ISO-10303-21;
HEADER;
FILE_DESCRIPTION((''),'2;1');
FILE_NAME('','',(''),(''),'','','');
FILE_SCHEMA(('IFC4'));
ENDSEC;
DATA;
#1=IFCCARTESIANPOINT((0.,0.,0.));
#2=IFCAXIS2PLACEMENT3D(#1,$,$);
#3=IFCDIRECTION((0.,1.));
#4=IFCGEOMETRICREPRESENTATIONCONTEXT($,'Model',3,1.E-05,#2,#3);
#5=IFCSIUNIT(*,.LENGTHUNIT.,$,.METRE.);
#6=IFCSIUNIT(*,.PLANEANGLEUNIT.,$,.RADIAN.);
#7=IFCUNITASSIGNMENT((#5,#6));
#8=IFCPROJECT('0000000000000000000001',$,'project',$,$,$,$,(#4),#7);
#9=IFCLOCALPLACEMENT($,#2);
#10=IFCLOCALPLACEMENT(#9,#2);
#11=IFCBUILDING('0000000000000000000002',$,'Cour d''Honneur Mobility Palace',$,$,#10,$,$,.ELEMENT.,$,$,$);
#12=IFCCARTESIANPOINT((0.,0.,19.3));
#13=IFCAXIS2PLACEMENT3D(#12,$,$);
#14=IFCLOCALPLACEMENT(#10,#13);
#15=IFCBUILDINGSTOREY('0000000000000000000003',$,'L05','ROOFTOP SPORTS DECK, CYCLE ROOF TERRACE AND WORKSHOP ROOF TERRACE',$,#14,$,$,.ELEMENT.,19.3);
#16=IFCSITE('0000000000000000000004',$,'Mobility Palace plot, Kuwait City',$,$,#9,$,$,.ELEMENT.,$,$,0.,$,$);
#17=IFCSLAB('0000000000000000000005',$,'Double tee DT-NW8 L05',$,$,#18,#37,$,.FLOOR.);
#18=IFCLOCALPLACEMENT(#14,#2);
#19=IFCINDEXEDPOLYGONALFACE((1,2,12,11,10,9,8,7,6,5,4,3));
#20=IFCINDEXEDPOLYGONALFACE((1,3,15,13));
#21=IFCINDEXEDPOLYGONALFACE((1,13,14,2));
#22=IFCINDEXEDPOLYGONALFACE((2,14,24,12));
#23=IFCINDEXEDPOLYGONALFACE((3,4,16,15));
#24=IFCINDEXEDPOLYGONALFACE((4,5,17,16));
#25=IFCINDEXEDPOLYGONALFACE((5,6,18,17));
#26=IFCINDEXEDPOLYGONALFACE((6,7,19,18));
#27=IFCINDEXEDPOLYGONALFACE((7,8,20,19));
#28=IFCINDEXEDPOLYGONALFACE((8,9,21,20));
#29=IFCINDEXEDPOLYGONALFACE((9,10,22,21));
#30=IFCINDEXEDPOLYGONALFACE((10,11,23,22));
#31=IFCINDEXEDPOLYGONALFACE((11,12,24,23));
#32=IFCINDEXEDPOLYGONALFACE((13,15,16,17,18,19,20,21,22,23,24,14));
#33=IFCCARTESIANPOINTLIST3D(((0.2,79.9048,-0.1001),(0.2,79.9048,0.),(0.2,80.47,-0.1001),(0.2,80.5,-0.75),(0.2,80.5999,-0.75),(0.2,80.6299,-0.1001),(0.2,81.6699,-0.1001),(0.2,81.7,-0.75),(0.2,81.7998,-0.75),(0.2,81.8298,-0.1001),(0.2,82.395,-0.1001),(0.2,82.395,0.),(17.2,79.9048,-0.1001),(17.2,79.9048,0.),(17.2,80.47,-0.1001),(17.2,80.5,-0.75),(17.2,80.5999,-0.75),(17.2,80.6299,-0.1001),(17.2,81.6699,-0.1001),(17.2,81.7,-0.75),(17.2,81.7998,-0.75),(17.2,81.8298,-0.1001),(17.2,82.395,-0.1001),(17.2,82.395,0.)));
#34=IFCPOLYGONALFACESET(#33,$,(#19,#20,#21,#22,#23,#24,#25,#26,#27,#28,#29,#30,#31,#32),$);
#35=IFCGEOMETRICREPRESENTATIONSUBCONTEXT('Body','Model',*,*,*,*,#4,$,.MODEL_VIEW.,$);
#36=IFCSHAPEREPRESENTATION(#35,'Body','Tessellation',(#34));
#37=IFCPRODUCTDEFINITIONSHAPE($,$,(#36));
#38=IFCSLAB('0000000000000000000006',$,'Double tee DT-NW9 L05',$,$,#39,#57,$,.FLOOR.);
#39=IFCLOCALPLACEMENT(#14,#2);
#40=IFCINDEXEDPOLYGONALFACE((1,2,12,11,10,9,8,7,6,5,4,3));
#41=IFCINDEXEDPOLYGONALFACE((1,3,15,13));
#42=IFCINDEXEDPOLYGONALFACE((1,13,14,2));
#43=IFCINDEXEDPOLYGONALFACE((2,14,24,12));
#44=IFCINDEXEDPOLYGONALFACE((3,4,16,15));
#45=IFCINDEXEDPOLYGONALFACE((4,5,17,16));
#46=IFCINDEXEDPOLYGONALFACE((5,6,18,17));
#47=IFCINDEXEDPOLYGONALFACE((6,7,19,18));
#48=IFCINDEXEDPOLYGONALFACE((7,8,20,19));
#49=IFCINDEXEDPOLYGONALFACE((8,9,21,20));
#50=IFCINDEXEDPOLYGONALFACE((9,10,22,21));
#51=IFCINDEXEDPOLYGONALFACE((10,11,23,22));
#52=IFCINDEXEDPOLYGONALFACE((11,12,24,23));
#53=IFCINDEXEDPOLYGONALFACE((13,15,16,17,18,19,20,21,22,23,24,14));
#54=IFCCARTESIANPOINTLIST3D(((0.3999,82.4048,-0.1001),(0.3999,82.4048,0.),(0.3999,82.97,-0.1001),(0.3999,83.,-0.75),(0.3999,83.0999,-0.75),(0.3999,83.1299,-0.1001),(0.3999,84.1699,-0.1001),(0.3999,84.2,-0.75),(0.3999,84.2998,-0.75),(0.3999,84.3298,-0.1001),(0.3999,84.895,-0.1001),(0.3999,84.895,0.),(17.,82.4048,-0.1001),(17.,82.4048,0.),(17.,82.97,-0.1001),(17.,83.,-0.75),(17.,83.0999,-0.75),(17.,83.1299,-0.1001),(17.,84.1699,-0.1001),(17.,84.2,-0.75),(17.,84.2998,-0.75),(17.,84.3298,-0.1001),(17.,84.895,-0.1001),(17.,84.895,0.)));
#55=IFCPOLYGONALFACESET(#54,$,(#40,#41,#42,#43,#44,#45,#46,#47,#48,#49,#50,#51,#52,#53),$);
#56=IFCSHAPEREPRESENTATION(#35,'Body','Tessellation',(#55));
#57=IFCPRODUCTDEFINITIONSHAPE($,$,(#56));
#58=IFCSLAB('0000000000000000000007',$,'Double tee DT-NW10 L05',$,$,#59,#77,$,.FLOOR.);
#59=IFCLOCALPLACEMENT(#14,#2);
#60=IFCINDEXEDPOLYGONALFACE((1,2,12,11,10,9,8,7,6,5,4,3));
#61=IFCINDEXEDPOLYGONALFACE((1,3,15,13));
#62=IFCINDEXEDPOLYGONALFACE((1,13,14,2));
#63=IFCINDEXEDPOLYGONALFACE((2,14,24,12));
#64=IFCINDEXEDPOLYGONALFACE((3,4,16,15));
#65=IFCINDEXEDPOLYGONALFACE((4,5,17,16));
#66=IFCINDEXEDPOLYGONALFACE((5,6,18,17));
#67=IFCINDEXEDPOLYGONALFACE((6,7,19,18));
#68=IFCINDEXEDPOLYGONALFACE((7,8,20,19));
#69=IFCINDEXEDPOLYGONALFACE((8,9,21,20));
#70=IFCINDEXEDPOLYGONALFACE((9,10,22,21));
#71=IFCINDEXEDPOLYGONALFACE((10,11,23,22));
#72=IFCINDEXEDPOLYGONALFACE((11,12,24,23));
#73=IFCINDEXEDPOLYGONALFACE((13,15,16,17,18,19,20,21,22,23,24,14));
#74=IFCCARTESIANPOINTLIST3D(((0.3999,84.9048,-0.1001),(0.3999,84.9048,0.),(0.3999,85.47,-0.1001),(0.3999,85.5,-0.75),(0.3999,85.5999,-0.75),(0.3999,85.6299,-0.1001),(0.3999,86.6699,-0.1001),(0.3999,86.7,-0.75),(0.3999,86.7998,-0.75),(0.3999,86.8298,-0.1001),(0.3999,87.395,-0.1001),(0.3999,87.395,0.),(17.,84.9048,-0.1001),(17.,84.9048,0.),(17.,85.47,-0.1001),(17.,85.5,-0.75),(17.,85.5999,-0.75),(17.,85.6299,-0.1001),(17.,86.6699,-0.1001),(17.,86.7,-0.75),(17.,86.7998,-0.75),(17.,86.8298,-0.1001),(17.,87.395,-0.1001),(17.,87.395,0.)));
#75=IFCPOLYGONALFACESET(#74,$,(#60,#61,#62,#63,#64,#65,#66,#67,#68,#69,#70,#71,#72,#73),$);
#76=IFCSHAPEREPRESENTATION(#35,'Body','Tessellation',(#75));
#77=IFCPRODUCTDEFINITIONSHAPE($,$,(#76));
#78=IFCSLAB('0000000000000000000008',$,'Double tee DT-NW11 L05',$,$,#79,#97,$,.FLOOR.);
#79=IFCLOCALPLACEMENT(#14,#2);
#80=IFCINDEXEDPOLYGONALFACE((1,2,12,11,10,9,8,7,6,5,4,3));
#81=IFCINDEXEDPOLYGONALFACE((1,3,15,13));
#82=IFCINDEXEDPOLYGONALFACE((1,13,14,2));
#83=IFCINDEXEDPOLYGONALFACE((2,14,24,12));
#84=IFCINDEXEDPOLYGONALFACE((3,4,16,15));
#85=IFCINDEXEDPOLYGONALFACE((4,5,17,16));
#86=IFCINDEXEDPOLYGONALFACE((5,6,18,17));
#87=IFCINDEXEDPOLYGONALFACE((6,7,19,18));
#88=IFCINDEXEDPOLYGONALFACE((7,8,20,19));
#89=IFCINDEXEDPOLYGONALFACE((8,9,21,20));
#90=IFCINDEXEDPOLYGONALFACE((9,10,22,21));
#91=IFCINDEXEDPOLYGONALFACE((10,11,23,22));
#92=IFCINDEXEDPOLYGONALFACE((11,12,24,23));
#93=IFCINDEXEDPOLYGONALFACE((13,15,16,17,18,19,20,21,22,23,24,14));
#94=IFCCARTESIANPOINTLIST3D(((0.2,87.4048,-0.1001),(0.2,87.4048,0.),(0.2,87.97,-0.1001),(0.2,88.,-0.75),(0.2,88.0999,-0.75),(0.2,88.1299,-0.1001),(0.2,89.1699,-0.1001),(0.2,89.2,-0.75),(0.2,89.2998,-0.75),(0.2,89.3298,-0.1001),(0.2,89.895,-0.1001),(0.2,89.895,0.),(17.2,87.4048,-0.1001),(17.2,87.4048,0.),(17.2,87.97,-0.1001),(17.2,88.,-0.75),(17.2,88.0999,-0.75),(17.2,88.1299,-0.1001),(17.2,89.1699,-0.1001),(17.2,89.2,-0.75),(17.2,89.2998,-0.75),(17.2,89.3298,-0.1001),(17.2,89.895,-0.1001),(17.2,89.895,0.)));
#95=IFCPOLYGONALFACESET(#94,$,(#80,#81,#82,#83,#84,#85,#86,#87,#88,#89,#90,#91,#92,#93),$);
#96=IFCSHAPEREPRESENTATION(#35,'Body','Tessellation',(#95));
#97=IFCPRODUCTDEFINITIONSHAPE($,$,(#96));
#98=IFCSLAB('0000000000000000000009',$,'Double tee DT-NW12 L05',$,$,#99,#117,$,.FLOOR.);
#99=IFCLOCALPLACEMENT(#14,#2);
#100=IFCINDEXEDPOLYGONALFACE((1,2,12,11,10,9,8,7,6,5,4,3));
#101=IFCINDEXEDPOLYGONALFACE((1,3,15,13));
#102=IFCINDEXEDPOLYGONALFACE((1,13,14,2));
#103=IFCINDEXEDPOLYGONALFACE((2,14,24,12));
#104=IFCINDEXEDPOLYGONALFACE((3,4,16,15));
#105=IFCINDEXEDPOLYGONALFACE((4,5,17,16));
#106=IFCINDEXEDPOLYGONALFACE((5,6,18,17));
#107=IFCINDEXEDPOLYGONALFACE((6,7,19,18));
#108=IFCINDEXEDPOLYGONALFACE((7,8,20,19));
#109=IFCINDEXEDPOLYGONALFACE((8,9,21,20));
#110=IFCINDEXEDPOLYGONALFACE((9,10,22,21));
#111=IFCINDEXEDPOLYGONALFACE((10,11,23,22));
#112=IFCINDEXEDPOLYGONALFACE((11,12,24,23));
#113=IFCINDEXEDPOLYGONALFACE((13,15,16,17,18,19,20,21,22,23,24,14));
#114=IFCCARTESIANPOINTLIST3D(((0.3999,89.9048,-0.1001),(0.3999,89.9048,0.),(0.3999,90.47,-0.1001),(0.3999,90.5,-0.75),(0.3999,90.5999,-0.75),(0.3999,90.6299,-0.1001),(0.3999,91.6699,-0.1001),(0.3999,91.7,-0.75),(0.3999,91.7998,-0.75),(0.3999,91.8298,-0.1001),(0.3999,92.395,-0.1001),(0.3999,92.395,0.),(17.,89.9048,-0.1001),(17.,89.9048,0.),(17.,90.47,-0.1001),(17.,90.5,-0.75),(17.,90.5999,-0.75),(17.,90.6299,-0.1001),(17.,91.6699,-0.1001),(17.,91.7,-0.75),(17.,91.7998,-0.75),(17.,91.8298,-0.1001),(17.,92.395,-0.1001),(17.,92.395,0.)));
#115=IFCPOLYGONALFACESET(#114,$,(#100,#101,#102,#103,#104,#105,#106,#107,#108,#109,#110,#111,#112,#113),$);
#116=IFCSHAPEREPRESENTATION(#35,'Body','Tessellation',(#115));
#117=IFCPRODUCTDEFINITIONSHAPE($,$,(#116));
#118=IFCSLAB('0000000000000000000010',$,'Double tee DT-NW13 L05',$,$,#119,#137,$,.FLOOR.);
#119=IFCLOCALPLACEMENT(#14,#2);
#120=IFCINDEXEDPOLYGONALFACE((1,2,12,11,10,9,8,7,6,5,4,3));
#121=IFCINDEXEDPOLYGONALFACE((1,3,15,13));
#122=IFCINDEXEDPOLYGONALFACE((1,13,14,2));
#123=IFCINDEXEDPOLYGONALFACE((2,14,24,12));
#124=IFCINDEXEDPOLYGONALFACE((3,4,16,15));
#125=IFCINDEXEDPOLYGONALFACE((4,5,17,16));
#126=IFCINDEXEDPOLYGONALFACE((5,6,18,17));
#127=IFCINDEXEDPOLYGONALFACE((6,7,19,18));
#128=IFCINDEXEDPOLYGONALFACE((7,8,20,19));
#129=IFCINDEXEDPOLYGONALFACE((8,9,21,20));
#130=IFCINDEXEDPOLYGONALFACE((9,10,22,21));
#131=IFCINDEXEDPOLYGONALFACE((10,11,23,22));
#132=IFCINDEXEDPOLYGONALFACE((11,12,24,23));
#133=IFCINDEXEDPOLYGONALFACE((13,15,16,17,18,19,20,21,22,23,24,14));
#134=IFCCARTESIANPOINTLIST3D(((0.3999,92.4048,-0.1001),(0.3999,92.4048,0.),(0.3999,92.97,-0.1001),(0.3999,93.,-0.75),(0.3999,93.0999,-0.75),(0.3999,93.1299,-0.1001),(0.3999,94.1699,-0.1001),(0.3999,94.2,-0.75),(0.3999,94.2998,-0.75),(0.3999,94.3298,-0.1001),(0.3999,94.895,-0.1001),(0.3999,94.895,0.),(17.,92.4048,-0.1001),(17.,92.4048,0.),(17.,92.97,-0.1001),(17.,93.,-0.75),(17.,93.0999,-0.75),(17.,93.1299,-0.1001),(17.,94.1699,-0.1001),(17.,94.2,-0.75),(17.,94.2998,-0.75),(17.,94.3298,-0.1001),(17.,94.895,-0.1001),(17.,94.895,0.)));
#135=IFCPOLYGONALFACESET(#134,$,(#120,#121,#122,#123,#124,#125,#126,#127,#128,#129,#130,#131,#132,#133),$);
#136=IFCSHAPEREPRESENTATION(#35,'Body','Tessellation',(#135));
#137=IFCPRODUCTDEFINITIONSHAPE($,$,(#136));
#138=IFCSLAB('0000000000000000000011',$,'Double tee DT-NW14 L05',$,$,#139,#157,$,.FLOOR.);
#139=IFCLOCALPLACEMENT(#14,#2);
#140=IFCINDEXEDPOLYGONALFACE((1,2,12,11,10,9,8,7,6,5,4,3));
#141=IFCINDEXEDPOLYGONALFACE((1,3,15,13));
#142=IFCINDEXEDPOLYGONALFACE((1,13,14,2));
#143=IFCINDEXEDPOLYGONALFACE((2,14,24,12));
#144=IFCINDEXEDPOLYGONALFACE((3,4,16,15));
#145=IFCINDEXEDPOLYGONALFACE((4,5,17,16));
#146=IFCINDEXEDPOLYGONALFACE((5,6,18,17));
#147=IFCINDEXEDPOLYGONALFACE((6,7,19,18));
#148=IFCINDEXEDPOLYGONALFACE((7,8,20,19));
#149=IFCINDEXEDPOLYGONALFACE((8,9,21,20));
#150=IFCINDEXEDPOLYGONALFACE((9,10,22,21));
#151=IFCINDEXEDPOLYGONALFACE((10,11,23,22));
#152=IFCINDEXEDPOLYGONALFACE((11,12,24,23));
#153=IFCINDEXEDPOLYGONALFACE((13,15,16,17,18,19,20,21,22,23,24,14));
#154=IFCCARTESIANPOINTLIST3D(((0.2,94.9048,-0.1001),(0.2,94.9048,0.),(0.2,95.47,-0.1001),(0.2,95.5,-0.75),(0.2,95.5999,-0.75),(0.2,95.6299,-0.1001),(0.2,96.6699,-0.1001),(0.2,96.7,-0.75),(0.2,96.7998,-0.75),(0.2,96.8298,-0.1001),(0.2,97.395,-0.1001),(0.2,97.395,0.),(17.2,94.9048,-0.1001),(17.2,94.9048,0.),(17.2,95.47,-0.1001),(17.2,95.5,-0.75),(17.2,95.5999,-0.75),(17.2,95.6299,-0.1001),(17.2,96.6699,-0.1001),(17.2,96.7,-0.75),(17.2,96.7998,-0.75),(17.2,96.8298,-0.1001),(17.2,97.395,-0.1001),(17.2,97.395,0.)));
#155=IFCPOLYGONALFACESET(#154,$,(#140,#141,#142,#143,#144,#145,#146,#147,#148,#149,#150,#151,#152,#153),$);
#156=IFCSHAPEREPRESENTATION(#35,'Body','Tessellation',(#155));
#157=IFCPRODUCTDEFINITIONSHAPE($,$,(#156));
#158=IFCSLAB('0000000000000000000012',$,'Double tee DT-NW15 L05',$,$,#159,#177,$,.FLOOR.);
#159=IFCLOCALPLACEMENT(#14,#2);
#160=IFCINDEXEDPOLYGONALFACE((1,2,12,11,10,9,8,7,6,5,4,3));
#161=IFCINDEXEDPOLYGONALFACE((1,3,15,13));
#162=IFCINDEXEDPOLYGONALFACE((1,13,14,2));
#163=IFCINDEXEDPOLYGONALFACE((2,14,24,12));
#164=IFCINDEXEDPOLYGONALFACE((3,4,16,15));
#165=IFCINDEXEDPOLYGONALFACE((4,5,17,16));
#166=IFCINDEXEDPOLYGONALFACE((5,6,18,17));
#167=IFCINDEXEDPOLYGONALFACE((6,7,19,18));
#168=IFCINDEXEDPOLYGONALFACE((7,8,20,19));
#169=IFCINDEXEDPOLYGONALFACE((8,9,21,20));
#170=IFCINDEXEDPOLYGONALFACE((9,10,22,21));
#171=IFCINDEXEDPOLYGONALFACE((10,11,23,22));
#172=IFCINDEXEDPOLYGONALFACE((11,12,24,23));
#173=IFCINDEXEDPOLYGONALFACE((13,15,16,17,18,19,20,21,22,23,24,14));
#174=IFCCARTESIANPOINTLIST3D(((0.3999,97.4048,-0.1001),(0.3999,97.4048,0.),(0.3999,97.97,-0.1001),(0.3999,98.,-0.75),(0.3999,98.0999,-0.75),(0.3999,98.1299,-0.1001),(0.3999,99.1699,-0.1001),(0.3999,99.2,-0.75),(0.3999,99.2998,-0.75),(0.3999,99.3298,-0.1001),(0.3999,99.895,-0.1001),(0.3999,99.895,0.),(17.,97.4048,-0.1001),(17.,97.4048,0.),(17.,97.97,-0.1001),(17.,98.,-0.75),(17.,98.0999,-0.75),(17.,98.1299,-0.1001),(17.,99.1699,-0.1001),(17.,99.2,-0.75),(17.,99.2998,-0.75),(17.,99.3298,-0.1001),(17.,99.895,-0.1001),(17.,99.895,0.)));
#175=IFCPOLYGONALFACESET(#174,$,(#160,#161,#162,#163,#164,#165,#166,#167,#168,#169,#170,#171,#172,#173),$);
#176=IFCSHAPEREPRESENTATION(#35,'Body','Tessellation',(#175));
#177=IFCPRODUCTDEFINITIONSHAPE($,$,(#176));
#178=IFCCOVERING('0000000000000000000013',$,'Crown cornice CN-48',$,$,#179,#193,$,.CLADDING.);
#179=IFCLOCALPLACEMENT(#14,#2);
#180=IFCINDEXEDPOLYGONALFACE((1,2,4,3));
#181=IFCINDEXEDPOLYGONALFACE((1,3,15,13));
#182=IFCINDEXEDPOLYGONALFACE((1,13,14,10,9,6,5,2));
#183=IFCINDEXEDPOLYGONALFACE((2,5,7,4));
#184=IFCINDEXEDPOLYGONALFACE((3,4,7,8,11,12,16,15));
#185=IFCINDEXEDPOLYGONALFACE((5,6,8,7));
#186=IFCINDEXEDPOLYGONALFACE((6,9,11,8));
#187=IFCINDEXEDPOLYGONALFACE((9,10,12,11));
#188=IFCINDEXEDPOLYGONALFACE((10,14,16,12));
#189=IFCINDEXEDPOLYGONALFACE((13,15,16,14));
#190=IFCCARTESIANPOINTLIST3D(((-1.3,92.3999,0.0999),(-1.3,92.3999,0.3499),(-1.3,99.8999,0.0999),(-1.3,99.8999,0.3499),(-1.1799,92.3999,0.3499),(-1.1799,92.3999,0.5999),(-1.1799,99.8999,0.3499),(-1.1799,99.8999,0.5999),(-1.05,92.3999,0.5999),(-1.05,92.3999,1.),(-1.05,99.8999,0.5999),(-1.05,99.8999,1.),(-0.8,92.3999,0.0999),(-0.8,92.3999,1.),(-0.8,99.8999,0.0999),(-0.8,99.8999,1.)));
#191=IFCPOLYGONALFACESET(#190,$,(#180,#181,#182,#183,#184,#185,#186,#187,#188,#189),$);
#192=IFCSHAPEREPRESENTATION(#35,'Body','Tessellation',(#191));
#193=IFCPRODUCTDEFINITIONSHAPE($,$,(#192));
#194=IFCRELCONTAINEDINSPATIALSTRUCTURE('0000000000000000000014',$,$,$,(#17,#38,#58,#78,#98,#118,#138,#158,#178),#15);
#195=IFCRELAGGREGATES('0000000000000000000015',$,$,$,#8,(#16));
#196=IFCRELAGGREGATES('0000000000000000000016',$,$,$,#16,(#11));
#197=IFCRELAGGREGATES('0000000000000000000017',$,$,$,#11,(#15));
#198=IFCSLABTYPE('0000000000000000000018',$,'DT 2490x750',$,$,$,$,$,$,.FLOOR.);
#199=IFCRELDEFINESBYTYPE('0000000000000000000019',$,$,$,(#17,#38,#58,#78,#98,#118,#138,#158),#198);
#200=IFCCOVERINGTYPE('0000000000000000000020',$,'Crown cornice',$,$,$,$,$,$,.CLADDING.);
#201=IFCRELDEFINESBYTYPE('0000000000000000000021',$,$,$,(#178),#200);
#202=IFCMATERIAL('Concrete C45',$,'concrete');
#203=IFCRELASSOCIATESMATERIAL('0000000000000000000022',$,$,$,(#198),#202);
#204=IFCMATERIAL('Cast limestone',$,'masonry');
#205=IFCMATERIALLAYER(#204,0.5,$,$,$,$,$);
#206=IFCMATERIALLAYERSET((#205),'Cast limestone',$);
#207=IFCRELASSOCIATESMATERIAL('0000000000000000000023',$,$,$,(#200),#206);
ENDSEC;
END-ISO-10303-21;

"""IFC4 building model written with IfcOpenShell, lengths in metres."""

from ifc_helpers import new_model, si_unit, direction, frame, origin, place, context, subcontext, project, spatial, polyline, outline, extrude, material, layer, layer_set, material_profile, profile_set, type_object, element, save


model = new_model("IFC4")

# Units and contexts
model_context = context("Model", 3, precision=1e-05, world=origin(), true_north=direction((0.0, 1.0)))
body_context = subcontext(model_context, "Body", "Model", "MODEL_VIEW")
ifc_project = project(units=[si_unit("LENGTHUNIT", "METRE"), si_unit("PLANEANGLEUNIT", "RADIAN")], contexts=[model_context])

# Site, building, storey
site_placement = place(None, origin())
site = spatial("IfcSite", under=ifc_project, at=site_placement, Name="Mobility Palace plot, Kuwait City", CompositionType="ELEMENT", RefElevation=0.0)
building_placement = place(site_placement, origin())
building = spatial("IfcBuilding", under=site, at=building_placement, Name="Cour d'Honneur Mobility Palace", CompositionType="ELEMENT")
storey_placement = place(building_placement, frame((0.0, 0.0, 19.3)))
storey = spatial("IfcBuildingStorey", under=building, at=storey_placement, Name="L05", Description="ROOFTOP SPORTS DECK, CYCLE ROOF TERRACE AND WORKSHOP ROOF TERRACE", CompositionType="ELEMENT", Elevation=19.3)

# Slabs
ifc_material_1 = material(Name="Concrete C45", Category="concrete")
ifc_material_profile_1 = material_profile(ifc_material_1, outline(polyline([(-1.2451, 0.0), (1.2451, 0.0), (1.2451, -0.1001), (0.6799, -0.1001), (0.6499, -0.75), (0.55, -0.75), (0.52, -0.1001), (-0.52, -0.1001), (-0.55, -0.75), (-0.6499, -0.75), (-0.6799, -0.1001), (-1.2451, -0.1001), (-1.2451, 0.0)])), Name="DT 2490x750")
ifc_profile_set_1 = profile_set([ifc_material_profile_1], Name="Concrete C45")
slab_type = type_object("IfcSlabType", Name="DT 2490x750", PredefinedType="FLOOR", material=ifc_profile_set_1)
slab_1_placement = place(storey_placement, frame((0.2, 81.1499, 0.0), z_axis=(1.0, 0.0, 0.0), x_axis=(0.0, 1.0, 0.0)))
element("IfcSlab", 1, at=slab_1_placement, inside=storey, type_object=slab_type, Name="Double tee DT-NW8 L05", PredefinedType="FLOOR", context=body_context, shape_type="SweptSolid", body=[
    extrude(outline(polyline([(-1.2451, 0.0), (1.2451, 0.0), (1.2451, -0.1001), (0.6799, -0.1001), (0.6499, -0.75), (0.55, -0.75), (0.52, -0.1001), (-0.52, -0.1001), (-0.55, -0.75), (-0.6499, -0.75), (-0.6799, -0.1001), (-1.2451, -0.1001), (-1.2451, 0.0)])), origin(), (0.0, 0.0, 1.0), 17.0),
])
for number, where, z_axis, x_axis, name in (
    (2, (0.3999, 83.6499, 0.0), (1.0, 0.0, 0.0), (0.0, 1.0, 0.0), "Double tee DT-NW9 L05"),
    (3, (0.3999, 86.1499, 0.0), (1.0, 0.0, 0.0), (0.0, 1.0, 0.0), "Double tee DT-NW10 L05"),
):
    element("IfcSlab", number, at=place(storey_placement, frame(where, z_axis=z_axis, x_axis=x_axis)), inside=storey, type_object=slab_type, Name=name, PredefinedType="FLOOR", context=body_context, shape_type="SweptSolid", body=[
        extrude(outline(polyline([(-1.2451, 0.0), (1.2451, 0.0), (1.2451, -0.1001), (0.6799, -0.1001), (0.6499, -0.75), (0.55, -0.75), (0.52, -0.1001), (-0.52, -0.1001), (-0.55, -0.75), (-0.6499, -0.75), (-0.6799, -0.1001), (-1.2451, -0.1001), (-1.2451, 0.0)])), origin(), (0.0, 0.0, 1.0), 16.6001),
    ])
slab_2_placement = place(storey_placement, frame((0.2, 88.6499, 0.0), z_axis=(1.0, 0.0, 0.0), x_axis=(0.0, 1.0, 0.0)))
element("IfcSlab", 4, at=slab_2_placement, inside=storey, type_object=slab_type, Name="Double tee DT-NW11 L05", PredefinedType="FLOOR", context=body_context, shape_type="SweptSolid", body=[
    extrude(outline(polyline([(-1.2451, 0.0), (1.2451, 0.0), (1.2451, -0.1001), (0.6799, -0.1001), (0.6499, -0.75), (0.55, -0.75), (0.52, -0.1001), (-0.52, -0.1001), (-0.55, -0.75), (-0.6499, -0.75), (-0.6799, -0.1001), (-1.2451, -0.1001), (-1.2451, 0.0)])), origin(), (0.0, 0.0, 1.0), 17.0),
])
for number, where, z_axis, x_axis, name in (
    (5, (0.3999, 91.1499, 0.0), (1.0, 0.0, 0.0), (0.0, 1.0, 0.0), "Double tee DT-NW12 L05"),
    (6, (0.3999, 93.6499, 0.0), (1.0, 0.0, 0.0), (0.0, 1.0, 0.0), "Double tee DT-NW13 L05"),
):
    element("IfcSlab", number, at=place(storey_placement, frame(where, z_axis=z_axis, x_axis=x_axis)), inside=storey, type_object=slab_type, Name=name, PredefinedType="FLOOR", context=body_context, shape_type="SweptSolid", body=[
        extrude(outline(polyline([(-1.2451, 0.0), (1.2451, 0.0), (1.2451, -0.1001), (0.6799, -0.1001), (0.6499, -0.75), (0.55, -0.75), (0.52, -0.1001), (-0.52, -0.1001), (-0.55, -0.75), (-0.6499, -0.75), (-0.6799, -0.1001), (-1.2451, -0.1001), (-1.2451, 0.0)])), origin(), (0.0, 0.0, 1.0), 16.6001),
    ])
slab_3_placement = place(storey_placement, frame((0.2, 96.1499, 0.0), z_axis=(1.0, 0.0, 0.0), x_axis=(0.0, 1.0, 0.0)))
element("IfcSlab", 7, at=slab_3_placement, inside=storey, type_object=slab_type, Name="Double tee DT-NW14 L05", PredefinedType="FLOOR", context=body_context, shape_type="SweptSolid", body=[
    extrude(outline(polyline([(-1.2451, 0.0), (1.2451, 0.0), (1.2451, -0.1001), (0.6799, -0.1001), (0.6499, -0.75), (0.55, -0.75), (0.52, -0.1001), (-0.52, -0.1001), (-0.55, -0.75), (-0.6499, -0.75), (-0.6799, -0.1001), (-1.2451, -0.1001), (-1.2451, 0.0)])), origin(), (0.0, 0.0, 1.0), 17.0),
])
slab_4_placement = place(storey_placement, frame((0.3999, 98.6499, 0.0), z_axis=(1.0, 0.0, 0.0), x_axis=(0.0, 1.0, 0.0)))
element("IfcSlab", 8, at=slab_4_placement, inside=storey, type_object=slab_type, Name="Double tee DT-NW15 L05", PredefinedType="FLOOR", context=body_context, shape_type="SweptSolid", body=[
    extrude(outline(polyline([(-1.2451, 0.0), (1.2451, 0.0), (1.2451, -0.1001), (0.6799, -0.1001), (0.6499, -0.75), (0.55, -0.75), (0.52, -0.1001), (-0.52, -0.1001), (-0.55, -0.75), (-0.6499, -0.75), (-0.6799, -0.1001), (-1.2451, -0.1001), (-1.2451, 0.0)])), origin(), (0.0, 0.0, 1.0), 16.6001),
])

# Covering
ifc_material_2 = material(Name="Cast limestone", Category="masonry")
ifc_layer = layer(ifc_material_2, 0.5)
ifc_layer_set = layer_set([ifc_layer], Name="Cast limestone")
covering_type = type_object("IfcCoveringType", Name="Crown cornice", PredefinedType="CLADDING", material=ifc_layer_set)
for number, where, z_axis, x_axis, name in (
    (9, (-0.8, 99.8999, 0.0999), (0.0, 1.0, 0.0), (-1.0, 0.0, 0.0), "Crown cornice CN-48"),
):
    element("IfcCovering", number, at=place(storey_placement, frame(where, z_axis=z_axis, x_axis=x_axis)), inside=storey, type_object=covering_type, Name=name, PredefinedType="CLADDING", context=body_context, shape_type="SweptSolid", body=[
        extrude(outline(polyline([(0.0, 0.0), (0.5, 0.0), (0.5, 0.25), (0.3799, 0.25), (0.3799, 0.5), (0.25, 0.5), (0.25, 0.9001), (0.0, 0.9001), (0.0, 0.0)])), origin(), (0.0, 0.0, -1.0), 7.5),
    ])

save(model, "model.ifc")
